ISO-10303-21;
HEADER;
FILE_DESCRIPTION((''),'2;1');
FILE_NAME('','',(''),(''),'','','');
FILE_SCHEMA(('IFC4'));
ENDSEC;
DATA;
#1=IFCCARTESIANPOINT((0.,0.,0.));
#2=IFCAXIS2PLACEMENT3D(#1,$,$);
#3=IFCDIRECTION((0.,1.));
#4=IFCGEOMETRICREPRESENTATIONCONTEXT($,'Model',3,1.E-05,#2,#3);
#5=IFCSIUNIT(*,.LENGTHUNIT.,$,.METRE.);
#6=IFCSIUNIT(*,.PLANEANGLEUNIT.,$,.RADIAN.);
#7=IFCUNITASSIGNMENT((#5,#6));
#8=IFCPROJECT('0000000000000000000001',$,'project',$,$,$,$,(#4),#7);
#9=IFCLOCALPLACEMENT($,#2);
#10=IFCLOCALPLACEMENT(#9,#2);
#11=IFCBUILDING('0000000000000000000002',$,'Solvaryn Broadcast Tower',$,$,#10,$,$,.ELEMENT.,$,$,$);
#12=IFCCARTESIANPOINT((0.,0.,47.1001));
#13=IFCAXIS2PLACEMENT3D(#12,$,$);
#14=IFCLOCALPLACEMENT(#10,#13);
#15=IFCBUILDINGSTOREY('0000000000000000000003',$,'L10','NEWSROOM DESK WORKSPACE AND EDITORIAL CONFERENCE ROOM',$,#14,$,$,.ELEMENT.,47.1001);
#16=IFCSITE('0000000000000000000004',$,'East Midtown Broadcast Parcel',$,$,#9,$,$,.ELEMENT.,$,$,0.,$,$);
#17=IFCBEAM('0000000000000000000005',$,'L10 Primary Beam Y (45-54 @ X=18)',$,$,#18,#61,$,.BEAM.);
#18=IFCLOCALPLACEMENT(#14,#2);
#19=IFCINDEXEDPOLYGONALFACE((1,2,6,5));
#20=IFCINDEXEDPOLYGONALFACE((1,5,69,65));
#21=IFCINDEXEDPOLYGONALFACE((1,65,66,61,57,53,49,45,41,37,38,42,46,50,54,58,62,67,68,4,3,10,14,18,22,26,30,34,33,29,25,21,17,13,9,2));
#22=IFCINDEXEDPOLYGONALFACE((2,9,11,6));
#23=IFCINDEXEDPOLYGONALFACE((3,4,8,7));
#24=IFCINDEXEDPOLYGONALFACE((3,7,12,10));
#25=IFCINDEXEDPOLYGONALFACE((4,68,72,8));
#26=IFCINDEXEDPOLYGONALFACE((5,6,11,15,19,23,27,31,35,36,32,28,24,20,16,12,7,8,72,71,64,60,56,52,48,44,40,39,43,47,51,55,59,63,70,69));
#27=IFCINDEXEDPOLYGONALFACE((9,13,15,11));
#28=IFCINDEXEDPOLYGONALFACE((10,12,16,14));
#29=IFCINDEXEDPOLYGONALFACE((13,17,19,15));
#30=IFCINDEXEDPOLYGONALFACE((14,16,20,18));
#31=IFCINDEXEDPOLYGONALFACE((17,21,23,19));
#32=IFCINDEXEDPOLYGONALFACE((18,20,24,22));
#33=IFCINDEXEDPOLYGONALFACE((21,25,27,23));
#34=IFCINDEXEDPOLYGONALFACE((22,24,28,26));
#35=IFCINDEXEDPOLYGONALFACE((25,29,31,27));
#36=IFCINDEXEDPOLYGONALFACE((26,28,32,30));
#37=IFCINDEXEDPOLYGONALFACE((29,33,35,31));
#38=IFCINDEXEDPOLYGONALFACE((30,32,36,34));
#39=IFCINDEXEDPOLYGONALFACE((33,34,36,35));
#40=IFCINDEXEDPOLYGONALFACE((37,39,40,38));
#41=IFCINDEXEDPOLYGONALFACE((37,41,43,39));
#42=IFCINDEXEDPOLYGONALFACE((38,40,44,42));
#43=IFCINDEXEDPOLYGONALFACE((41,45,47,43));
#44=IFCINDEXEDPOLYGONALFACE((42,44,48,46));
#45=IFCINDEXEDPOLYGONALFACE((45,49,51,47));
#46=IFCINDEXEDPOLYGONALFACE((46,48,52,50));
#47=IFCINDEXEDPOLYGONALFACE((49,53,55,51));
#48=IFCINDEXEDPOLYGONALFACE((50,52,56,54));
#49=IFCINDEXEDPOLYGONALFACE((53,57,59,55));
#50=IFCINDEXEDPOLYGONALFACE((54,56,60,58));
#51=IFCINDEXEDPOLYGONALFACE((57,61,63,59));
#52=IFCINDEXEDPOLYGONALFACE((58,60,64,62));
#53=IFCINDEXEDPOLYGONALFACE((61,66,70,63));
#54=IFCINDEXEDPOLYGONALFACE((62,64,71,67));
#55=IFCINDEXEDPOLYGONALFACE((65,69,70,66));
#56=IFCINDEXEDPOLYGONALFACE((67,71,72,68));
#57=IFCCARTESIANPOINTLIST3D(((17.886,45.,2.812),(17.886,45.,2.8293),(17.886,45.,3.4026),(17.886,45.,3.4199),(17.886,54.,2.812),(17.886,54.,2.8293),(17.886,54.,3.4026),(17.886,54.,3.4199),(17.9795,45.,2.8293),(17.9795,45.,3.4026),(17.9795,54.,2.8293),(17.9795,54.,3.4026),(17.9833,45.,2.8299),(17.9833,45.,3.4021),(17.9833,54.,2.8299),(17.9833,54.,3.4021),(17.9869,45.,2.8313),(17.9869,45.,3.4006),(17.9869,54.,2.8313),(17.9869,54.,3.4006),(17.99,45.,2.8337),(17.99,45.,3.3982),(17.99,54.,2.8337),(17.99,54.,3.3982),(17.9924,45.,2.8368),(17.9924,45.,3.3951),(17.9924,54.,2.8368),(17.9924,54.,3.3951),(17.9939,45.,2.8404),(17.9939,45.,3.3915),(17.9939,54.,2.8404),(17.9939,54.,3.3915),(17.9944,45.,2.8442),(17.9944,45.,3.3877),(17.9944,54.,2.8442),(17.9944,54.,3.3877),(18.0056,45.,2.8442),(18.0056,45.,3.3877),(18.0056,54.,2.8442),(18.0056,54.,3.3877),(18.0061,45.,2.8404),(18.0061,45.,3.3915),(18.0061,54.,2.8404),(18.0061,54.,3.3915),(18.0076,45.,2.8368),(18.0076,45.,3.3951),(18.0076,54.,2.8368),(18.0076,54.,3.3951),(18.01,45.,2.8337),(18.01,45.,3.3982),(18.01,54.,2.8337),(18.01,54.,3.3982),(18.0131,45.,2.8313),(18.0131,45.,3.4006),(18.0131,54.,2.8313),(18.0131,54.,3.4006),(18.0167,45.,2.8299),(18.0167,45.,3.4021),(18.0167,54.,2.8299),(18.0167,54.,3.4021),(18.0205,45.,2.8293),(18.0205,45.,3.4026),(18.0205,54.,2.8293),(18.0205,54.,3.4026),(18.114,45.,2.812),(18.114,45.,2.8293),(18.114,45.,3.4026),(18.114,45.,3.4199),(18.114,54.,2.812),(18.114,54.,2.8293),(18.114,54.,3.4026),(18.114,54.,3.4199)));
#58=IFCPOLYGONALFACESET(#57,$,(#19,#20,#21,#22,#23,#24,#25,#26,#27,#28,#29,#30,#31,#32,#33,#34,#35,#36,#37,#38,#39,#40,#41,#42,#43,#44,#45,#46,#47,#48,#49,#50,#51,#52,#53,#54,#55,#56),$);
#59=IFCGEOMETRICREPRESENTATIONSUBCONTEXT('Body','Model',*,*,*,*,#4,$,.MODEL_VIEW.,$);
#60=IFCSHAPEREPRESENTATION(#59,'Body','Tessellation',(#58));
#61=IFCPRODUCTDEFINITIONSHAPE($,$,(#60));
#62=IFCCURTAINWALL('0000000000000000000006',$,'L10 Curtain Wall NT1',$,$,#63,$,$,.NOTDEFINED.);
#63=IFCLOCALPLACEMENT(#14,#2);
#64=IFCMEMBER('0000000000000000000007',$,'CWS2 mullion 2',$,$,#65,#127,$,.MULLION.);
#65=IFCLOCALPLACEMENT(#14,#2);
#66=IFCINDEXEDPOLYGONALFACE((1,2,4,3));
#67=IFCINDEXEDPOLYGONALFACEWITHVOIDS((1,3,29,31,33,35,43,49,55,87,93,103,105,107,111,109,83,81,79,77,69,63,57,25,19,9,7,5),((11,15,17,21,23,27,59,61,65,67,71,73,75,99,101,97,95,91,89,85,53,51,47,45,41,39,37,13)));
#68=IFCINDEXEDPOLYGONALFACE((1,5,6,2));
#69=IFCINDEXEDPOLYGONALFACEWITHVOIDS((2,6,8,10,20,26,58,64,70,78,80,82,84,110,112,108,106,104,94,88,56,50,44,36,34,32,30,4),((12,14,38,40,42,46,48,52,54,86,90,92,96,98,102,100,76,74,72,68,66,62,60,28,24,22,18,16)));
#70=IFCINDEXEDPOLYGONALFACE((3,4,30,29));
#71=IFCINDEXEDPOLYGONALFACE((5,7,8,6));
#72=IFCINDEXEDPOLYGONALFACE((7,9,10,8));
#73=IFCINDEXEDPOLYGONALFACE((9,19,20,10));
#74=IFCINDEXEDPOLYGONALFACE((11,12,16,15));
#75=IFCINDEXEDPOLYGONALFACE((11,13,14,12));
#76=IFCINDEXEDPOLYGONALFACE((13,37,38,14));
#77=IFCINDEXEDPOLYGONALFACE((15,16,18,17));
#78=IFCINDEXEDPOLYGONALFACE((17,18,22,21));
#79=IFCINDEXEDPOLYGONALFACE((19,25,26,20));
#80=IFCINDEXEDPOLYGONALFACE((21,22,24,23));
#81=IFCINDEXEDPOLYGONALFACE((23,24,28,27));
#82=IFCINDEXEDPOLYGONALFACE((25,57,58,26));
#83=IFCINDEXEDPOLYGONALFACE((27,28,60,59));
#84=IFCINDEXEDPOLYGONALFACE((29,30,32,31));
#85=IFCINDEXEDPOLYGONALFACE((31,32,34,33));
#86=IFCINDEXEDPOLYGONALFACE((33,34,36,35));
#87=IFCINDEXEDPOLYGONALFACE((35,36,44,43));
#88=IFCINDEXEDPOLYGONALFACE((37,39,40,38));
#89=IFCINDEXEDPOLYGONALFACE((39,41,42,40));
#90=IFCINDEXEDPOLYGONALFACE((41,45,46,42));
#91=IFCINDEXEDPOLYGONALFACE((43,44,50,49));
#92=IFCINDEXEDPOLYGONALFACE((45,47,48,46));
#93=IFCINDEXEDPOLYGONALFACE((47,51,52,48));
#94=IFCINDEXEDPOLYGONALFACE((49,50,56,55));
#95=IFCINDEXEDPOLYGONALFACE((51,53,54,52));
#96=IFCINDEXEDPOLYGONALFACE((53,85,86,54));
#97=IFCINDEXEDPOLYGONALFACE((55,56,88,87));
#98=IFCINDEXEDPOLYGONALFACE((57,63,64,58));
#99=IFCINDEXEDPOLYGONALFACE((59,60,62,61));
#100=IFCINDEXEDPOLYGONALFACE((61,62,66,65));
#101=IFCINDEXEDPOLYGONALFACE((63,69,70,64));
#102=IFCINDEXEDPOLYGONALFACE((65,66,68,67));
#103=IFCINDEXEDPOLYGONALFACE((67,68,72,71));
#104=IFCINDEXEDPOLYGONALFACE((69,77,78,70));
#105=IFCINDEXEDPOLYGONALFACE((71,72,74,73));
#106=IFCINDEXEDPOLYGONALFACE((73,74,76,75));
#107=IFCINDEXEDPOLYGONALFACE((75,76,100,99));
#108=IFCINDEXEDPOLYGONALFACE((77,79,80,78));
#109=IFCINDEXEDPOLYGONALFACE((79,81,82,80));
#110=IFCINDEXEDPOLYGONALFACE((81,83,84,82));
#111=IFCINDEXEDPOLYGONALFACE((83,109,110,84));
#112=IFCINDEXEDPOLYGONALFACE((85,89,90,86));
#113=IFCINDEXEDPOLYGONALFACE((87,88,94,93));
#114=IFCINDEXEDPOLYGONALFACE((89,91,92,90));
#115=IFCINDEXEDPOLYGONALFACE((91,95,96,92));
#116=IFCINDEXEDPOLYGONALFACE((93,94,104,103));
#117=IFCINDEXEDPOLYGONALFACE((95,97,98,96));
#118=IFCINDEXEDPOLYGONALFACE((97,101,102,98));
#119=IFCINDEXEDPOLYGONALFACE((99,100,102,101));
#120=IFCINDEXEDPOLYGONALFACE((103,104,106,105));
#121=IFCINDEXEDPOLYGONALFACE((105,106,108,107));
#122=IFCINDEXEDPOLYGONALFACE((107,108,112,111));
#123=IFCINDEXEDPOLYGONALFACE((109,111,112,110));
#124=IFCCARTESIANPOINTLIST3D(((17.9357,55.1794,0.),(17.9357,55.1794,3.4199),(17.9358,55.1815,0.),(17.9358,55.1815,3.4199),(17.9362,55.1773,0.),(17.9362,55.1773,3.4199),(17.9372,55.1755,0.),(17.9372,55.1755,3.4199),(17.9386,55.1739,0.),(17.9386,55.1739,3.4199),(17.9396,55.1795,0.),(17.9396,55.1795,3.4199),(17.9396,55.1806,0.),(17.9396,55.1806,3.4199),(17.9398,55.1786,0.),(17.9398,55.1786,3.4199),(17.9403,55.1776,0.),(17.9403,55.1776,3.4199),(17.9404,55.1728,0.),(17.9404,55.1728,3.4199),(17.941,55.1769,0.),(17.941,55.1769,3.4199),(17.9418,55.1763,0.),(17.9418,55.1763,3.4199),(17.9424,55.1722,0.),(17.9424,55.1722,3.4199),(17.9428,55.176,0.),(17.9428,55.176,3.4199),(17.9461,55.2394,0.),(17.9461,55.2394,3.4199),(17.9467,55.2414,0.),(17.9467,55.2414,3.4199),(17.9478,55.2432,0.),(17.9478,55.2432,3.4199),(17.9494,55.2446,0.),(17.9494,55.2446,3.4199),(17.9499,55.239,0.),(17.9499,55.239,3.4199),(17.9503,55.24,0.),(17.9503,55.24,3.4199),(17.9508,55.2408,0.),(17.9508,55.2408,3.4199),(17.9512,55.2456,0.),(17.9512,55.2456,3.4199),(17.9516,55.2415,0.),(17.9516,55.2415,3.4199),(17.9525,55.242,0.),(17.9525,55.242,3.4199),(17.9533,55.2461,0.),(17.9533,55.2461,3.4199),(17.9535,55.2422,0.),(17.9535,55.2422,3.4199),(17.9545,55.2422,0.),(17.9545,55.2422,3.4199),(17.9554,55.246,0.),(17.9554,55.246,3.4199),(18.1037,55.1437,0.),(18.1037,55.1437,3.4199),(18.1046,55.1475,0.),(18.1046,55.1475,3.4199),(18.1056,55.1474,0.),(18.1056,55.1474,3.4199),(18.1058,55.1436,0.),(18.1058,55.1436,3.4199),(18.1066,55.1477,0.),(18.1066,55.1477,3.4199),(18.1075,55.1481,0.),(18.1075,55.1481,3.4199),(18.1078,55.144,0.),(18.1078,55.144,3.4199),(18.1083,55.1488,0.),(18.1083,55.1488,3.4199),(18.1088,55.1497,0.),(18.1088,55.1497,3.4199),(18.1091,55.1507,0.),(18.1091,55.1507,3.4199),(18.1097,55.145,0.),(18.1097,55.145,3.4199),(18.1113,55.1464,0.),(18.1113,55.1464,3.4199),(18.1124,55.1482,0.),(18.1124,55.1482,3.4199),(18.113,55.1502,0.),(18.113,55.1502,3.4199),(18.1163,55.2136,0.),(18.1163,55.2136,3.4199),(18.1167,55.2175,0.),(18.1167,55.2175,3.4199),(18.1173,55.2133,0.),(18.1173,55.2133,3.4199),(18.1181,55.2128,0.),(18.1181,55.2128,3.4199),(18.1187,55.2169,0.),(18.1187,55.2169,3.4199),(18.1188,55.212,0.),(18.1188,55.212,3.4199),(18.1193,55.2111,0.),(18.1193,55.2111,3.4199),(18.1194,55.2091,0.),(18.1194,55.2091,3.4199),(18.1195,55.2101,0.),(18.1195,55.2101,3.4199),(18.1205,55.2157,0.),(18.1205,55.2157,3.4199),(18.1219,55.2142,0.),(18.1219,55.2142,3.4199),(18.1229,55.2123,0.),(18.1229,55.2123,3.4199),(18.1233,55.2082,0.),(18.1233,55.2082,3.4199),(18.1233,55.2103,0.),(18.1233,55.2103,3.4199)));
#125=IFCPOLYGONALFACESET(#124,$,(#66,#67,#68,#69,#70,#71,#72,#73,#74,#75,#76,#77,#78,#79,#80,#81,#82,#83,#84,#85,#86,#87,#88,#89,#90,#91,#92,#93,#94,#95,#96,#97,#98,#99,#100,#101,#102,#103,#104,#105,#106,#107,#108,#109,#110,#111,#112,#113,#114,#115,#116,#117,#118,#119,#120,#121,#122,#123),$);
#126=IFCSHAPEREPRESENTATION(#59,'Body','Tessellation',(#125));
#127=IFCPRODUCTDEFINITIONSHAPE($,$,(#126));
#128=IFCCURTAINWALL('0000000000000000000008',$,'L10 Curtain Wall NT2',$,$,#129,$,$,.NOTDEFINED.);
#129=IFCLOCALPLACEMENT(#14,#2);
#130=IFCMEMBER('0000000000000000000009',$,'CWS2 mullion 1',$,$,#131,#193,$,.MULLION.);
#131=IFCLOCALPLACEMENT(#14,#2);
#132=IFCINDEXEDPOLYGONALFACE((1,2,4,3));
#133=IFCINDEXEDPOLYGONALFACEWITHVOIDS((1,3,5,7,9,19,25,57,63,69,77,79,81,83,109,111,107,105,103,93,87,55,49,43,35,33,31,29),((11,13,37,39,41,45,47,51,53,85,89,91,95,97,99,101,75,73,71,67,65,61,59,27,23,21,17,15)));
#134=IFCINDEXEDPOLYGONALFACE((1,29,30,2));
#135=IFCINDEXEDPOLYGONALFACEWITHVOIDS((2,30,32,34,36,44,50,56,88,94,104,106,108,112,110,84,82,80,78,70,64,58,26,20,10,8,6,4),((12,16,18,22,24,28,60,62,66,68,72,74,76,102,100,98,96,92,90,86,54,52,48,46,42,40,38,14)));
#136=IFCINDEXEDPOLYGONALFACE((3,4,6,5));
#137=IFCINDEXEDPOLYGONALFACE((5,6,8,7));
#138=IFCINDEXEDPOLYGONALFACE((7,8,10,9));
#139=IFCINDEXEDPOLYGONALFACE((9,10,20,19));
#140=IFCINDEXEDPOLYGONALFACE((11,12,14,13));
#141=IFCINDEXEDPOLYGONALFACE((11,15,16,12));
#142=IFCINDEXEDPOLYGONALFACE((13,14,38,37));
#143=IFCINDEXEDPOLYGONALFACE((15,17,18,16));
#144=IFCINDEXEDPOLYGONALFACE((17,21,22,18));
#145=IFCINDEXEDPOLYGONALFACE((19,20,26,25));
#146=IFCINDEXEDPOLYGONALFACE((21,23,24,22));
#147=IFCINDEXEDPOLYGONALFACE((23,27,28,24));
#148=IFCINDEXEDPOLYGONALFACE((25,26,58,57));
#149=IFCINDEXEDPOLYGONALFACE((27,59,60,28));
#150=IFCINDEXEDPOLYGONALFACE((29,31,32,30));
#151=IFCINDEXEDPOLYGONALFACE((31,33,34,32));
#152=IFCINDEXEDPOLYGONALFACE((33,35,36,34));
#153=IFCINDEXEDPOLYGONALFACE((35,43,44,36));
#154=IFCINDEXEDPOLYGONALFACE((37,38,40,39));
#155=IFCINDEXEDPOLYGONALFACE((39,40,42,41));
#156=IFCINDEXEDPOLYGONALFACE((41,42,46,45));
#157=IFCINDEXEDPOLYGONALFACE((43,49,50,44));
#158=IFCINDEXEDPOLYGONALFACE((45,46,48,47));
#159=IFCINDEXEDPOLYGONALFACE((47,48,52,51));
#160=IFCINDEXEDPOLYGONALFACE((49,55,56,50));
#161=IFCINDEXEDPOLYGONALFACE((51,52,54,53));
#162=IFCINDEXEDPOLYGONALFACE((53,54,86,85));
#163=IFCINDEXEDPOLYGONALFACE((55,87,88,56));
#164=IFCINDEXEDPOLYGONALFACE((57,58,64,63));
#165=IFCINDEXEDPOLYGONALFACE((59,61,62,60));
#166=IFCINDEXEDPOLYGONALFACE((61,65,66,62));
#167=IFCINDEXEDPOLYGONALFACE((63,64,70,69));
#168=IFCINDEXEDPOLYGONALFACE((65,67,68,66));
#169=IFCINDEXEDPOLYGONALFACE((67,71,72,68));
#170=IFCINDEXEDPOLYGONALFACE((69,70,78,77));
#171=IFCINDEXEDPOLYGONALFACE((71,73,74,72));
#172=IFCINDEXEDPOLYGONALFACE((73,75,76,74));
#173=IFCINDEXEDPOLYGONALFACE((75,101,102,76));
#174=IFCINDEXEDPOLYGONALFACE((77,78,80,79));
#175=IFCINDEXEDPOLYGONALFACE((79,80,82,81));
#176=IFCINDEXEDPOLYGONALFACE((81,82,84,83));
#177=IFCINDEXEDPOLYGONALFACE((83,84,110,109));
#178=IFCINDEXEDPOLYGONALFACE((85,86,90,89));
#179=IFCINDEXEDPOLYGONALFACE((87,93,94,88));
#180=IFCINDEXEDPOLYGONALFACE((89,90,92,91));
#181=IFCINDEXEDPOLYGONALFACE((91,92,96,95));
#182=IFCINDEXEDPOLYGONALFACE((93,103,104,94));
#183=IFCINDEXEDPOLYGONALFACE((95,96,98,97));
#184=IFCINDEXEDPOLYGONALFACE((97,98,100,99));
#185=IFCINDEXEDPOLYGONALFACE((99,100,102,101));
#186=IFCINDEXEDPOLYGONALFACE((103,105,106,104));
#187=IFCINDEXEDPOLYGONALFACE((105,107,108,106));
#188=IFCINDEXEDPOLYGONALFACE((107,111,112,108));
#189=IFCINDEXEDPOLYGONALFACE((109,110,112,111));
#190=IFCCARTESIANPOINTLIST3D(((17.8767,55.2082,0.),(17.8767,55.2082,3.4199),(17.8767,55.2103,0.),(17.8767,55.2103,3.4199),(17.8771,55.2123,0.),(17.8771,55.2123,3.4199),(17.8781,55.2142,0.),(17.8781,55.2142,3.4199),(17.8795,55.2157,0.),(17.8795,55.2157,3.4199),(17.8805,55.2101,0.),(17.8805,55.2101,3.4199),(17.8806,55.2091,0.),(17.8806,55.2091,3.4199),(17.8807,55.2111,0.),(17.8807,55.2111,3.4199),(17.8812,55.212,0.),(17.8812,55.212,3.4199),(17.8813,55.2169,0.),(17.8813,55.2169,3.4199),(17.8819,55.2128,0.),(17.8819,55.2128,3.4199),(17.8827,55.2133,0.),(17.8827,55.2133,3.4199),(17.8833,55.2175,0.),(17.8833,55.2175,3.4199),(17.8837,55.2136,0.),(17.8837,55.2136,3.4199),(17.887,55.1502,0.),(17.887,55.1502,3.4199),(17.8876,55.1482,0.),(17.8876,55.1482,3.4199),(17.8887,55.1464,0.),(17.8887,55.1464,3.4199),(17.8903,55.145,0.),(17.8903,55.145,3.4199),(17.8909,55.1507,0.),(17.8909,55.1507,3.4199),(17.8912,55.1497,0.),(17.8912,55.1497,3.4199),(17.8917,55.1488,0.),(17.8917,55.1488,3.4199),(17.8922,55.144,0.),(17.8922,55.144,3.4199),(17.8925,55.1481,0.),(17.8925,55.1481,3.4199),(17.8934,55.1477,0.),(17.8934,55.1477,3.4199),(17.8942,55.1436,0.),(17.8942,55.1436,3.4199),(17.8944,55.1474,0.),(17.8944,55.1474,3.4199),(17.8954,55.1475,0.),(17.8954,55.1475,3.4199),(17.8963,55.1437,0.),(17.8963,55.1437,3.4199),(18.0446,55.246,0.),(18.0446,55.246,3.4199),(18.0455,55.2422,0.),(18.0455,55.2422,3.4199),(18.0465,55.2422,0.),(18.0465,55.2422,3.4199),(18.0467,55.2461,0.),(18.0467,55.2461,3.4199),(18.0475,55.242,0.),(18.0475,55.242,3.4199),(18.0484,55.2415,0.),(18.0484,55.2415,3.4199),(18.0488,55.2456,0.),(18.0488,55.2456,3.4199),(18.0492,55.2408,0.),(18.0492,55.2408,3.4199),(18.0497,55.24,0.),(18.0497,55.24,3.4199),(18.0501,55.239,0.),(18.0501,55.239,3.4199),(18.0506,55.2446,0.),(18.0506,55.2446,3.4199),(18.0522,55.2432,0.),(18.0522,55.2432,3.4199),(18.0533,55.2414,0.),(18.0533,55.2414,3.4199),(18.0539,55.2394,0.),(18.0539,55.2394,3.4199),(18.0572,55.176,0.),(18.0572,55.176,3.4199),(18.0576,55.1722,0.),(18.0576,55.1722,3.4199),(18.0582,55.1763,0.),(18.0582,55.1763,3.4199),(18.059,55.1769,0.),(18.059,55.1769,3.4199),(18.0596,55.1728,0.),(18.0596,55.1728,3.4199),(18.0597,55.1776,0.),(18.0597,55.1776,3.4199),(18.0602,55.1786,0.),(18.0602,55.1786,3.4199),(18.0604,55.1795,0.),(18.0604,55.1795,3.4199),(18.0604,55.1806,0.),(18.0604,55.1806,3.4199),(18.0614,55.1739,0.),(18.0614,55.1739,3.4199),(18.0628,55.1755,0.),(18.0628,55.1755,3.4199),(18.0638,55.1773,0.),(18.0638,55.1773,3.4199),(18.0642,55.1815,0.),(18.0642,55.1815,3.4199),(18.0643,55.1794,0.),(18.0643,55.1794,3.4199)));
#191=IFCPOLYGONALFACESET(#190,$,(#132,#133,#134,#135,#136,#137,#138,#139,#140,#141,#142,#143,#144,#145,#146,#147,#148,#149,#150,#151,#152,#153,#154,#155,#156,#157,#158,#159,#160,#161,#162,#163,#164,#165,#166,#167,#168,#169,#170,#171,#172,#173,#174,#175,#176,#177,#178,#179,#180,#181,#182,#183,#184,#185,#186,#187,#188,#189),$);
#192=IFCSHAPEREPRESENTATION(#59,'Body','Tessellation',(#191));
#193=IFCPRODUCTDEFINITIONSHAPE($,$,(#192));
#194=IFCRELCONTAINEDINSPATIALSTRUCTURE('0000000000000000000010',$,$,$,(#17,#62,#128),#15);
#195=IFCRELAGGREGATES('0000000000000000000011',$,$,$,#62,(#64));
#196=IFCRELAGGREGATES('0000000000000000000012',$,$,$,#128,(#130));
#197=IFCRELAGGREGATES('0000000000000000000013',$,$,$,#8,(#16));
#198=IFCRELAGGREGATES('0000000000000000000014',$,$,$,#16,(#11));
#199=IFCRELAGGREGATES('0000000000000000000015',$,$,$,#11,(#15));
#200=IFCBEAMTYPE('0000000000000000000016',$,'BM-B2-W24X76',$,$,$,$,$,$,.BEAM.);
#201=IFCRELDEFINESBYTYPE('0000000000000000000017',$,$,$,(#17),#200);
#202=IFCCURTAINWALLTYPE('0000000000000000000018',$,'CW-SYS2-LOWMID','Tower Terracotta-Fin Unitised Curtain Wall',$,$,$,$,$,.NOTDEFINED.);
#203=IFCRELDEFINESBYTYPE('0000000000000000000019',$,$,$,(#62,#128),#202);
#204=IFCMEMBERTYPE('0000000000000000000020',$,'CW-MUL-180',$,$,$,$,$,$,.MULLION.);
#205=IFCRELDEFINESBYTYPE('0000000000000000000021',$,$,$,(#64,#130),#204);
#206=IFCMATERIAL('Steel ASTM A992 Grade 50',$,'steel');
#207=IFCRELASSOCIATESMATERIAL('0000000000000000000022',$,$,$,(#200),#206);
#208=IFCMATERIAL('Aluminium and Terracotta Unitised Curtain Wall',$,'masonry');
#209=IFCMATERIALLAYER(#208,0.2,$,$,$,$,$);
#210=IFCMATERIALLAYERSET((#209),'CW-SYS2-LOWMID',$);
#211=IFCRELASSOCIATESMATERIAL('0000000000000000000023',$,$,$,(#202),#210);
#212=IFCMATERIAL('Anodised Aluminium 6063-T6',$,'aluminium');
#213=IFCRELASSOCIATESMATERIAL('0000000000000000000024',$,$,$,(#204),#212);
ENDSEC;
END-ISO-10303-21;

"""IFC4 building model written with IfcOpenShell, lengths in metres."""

from ifc_helpers import new_model, si_unit, direction, frame, origin, origin_2d, place, context, subcontext, project, spatial, hollow_rectangle, i_section, extrude, material, layer, layer_set, material_profile, profile_set, type_object, element, aggregate, save


model = new_model("IFC4")

# Units and contexts
model_context = context("Model", 3, precision=1e-05, world=origin(), true_north=direction((0.0, 1.0)))
body_context = subcontext(model_context, "Body", "Model", "MODEL_VIEW")
ifc_project = project(units=[si_unit("LENGTHUNIT", "METRE"), si_unit("PLANEANGLEUNIT", "RADIAN")], contexts=[model_context])

# Site, building, storey
site_placement = place(None, origin())
site = spatial("IfcSite", under=ifc_project, at=site_placement, Name="East Midtown Broadcast Parcel", CompositionType="ELEMENT", RefElevation=0.0)
building_placement = place(site_placement, origin())
building = spatial("IfcBuilding", under=site, at=building_placement, Name="Solvaryn Broadcast Tower", CompositionType="ELEMENT")
storey_placement = place(building_placement, frame((0.0, 0.0, 47.1001)))
storey = spatial("IfcBuildingStorey", under=building, at=storey_placement, Name="L10", Description="NEWSROOM DESK WORKSPACE AND EDITORIAL CONFERENCE ROOM", CompositionType="ELEMENT", Elevation=47.1001)

# Beam
ifc_material_1 = material(Name="Steel ASTM A992 Grade 50", Category="steel")
ifc_material_profile_1 = material_profile(ifc_material_1, i_section(OverallWidth=0.228, OverallDepth=0.6079, WebThickness=0.0112, FlangeThickness=0.0173, FilletRadius=0.0149, at=origin_2d()))
ifc_profile_set_1 = profile_set([ifc_material_profile_1], Name="Steel ASTM A992 Grade 50")
beam_type_1 = type_object("IfcBeamType", Name="BM-B2-W24X76", PredefinedType="BEAM", material=ifc_profile_set_1)
beam_1_placement = place(storey_placement, frame((18.0, 45.0, 3.116), z_axis=(0.0, 1.0, 0.0), x_axis=(-1.0, 0.0, 0.0)))
element("IfcBeam", 1, at=beam_1_placement, inside=storey, type_object=beam_type_1, Name="L10 Primary Beam Y (45-54 @ X=18)", PredefinedType="BEAM", context=body_context, shape_type="SweptSolid", body=[
    extrude(i_section(OverallWidth=0.228, OverallDepth=0.6079, WebThickness=0.0112, FlangeThickness=0.0173, FilletRadius=0.0149, at=origin_2d()), origin(), (0.0, 0.0, 1.0), 9.0),
])

# Curtain walls, members
ifc_material_2 = material(Name="Aluminium and Terracotta Unitised Curtain Wall", Category="masonry")
ifc_layer_1 = layer(ifc_material_2, 0.2)
ifc_layer_set_1 = layer_set([ifc_layer_1], Name="CW-SYS2-LOWMID")
curtain_wall_type = type_object("IfcCurtainWallType", Name="CW-SYS2-LOWMID", Description="Tower Terracotta-Fin Unitised Curtain Wall", PredefinedType="NOTDEFINED", material=ifc_layer_set_1)
curtain_wall_1_placement = place(storey_placement, origin())
curtain_wall_1 = element("IfcCurtainWall", 2, at=curtain_wall_1_placement, inside=storey, type_object=curtain_wall_type, Name="L10 Curtain Wall NT1", PredefinedType="NOTDEFINED")
ifc_material_3 = material(Name="Anodised Aluminium 6063-T6", Category="aluminium")
ifc_material_profile_2 = material_profile(ifc_material_3, hollow_rectangle(XDim=0.075, YDim=0.1799, WallThickness=0.0039, InnerFilletRadius=0.0039, OuterFilletRadius=0.0081, at=origin_2d()))
ifc_profile_set_2 = profile_set([ifc_material_profile_2], Name="Anodised Aluminium 6063-T6")
member_type_1 = type_object("IfcMemberType", Name="CW-MUL-180", PredefinedType="MULLION", material=ifc_profile_set_2)
member_1_placement = place(storey_placement, frame((18.0295, 55.1948, 0.0), z_axis=(0.0, 0.0, 1.0), x_axis=(-0.173785, -0.984784, 0.0)))
member_1 = element("IfcMember", 3, at=member_1_placement, type_object=member_type_1, Name="CWS2 mullion 2", PredefinedType="MULLION", context=body_context, shape_type="SweptSolid", body=[
    extrude(hollow_rectangle(XDim=0.075, YDim=0.1799, WallThickness=0.0039, InnerFilletRadius=0.0039, OuterFilletRadius=0.0081, at=origin_2d()), origin(), (0.0, 0.0, 1.0), 3.4199),
])
curtain_wall_2_placement = place(storey_placement, origin())
curtain_wall_2 = element("IfcCurtainWall", 4, at=curtain_wall_2_placement, inside=storey, type_object=curtain_wall_type, Name="L10 Curtain Wall NT2", PredefinedType="NOTDEFINED")
member_2_placement = place(storey_placement, frame((17.9705, 55.1948, 0.0), z_axis=(0.0, 0.0, 1.0), x_axis=(0.173785, -0.984784, 0.0)))
member_2 = element("IfcMember", 5, at=member_2_placement, type_object=member_type_1, Name="CWS2 mullion 1", PredefinedType="MULLION", context=body_context, shape_type="SweptSolid", body=[
    extrude(hollow_rectangle(XDim=0.075, YDim=0.1799, WallThickness=0.0039, InnerFilletRadius=0.0039, OuterFilletRadius=0.0081, at=origin_2d()), origin(), (0.0, 0.0, 1.0), 3.4199),
])

aggregate(curtain_wall_1, [member_1])
aggregate(curtain_wall_2, [member_2])

save(model, "model.ifc")
